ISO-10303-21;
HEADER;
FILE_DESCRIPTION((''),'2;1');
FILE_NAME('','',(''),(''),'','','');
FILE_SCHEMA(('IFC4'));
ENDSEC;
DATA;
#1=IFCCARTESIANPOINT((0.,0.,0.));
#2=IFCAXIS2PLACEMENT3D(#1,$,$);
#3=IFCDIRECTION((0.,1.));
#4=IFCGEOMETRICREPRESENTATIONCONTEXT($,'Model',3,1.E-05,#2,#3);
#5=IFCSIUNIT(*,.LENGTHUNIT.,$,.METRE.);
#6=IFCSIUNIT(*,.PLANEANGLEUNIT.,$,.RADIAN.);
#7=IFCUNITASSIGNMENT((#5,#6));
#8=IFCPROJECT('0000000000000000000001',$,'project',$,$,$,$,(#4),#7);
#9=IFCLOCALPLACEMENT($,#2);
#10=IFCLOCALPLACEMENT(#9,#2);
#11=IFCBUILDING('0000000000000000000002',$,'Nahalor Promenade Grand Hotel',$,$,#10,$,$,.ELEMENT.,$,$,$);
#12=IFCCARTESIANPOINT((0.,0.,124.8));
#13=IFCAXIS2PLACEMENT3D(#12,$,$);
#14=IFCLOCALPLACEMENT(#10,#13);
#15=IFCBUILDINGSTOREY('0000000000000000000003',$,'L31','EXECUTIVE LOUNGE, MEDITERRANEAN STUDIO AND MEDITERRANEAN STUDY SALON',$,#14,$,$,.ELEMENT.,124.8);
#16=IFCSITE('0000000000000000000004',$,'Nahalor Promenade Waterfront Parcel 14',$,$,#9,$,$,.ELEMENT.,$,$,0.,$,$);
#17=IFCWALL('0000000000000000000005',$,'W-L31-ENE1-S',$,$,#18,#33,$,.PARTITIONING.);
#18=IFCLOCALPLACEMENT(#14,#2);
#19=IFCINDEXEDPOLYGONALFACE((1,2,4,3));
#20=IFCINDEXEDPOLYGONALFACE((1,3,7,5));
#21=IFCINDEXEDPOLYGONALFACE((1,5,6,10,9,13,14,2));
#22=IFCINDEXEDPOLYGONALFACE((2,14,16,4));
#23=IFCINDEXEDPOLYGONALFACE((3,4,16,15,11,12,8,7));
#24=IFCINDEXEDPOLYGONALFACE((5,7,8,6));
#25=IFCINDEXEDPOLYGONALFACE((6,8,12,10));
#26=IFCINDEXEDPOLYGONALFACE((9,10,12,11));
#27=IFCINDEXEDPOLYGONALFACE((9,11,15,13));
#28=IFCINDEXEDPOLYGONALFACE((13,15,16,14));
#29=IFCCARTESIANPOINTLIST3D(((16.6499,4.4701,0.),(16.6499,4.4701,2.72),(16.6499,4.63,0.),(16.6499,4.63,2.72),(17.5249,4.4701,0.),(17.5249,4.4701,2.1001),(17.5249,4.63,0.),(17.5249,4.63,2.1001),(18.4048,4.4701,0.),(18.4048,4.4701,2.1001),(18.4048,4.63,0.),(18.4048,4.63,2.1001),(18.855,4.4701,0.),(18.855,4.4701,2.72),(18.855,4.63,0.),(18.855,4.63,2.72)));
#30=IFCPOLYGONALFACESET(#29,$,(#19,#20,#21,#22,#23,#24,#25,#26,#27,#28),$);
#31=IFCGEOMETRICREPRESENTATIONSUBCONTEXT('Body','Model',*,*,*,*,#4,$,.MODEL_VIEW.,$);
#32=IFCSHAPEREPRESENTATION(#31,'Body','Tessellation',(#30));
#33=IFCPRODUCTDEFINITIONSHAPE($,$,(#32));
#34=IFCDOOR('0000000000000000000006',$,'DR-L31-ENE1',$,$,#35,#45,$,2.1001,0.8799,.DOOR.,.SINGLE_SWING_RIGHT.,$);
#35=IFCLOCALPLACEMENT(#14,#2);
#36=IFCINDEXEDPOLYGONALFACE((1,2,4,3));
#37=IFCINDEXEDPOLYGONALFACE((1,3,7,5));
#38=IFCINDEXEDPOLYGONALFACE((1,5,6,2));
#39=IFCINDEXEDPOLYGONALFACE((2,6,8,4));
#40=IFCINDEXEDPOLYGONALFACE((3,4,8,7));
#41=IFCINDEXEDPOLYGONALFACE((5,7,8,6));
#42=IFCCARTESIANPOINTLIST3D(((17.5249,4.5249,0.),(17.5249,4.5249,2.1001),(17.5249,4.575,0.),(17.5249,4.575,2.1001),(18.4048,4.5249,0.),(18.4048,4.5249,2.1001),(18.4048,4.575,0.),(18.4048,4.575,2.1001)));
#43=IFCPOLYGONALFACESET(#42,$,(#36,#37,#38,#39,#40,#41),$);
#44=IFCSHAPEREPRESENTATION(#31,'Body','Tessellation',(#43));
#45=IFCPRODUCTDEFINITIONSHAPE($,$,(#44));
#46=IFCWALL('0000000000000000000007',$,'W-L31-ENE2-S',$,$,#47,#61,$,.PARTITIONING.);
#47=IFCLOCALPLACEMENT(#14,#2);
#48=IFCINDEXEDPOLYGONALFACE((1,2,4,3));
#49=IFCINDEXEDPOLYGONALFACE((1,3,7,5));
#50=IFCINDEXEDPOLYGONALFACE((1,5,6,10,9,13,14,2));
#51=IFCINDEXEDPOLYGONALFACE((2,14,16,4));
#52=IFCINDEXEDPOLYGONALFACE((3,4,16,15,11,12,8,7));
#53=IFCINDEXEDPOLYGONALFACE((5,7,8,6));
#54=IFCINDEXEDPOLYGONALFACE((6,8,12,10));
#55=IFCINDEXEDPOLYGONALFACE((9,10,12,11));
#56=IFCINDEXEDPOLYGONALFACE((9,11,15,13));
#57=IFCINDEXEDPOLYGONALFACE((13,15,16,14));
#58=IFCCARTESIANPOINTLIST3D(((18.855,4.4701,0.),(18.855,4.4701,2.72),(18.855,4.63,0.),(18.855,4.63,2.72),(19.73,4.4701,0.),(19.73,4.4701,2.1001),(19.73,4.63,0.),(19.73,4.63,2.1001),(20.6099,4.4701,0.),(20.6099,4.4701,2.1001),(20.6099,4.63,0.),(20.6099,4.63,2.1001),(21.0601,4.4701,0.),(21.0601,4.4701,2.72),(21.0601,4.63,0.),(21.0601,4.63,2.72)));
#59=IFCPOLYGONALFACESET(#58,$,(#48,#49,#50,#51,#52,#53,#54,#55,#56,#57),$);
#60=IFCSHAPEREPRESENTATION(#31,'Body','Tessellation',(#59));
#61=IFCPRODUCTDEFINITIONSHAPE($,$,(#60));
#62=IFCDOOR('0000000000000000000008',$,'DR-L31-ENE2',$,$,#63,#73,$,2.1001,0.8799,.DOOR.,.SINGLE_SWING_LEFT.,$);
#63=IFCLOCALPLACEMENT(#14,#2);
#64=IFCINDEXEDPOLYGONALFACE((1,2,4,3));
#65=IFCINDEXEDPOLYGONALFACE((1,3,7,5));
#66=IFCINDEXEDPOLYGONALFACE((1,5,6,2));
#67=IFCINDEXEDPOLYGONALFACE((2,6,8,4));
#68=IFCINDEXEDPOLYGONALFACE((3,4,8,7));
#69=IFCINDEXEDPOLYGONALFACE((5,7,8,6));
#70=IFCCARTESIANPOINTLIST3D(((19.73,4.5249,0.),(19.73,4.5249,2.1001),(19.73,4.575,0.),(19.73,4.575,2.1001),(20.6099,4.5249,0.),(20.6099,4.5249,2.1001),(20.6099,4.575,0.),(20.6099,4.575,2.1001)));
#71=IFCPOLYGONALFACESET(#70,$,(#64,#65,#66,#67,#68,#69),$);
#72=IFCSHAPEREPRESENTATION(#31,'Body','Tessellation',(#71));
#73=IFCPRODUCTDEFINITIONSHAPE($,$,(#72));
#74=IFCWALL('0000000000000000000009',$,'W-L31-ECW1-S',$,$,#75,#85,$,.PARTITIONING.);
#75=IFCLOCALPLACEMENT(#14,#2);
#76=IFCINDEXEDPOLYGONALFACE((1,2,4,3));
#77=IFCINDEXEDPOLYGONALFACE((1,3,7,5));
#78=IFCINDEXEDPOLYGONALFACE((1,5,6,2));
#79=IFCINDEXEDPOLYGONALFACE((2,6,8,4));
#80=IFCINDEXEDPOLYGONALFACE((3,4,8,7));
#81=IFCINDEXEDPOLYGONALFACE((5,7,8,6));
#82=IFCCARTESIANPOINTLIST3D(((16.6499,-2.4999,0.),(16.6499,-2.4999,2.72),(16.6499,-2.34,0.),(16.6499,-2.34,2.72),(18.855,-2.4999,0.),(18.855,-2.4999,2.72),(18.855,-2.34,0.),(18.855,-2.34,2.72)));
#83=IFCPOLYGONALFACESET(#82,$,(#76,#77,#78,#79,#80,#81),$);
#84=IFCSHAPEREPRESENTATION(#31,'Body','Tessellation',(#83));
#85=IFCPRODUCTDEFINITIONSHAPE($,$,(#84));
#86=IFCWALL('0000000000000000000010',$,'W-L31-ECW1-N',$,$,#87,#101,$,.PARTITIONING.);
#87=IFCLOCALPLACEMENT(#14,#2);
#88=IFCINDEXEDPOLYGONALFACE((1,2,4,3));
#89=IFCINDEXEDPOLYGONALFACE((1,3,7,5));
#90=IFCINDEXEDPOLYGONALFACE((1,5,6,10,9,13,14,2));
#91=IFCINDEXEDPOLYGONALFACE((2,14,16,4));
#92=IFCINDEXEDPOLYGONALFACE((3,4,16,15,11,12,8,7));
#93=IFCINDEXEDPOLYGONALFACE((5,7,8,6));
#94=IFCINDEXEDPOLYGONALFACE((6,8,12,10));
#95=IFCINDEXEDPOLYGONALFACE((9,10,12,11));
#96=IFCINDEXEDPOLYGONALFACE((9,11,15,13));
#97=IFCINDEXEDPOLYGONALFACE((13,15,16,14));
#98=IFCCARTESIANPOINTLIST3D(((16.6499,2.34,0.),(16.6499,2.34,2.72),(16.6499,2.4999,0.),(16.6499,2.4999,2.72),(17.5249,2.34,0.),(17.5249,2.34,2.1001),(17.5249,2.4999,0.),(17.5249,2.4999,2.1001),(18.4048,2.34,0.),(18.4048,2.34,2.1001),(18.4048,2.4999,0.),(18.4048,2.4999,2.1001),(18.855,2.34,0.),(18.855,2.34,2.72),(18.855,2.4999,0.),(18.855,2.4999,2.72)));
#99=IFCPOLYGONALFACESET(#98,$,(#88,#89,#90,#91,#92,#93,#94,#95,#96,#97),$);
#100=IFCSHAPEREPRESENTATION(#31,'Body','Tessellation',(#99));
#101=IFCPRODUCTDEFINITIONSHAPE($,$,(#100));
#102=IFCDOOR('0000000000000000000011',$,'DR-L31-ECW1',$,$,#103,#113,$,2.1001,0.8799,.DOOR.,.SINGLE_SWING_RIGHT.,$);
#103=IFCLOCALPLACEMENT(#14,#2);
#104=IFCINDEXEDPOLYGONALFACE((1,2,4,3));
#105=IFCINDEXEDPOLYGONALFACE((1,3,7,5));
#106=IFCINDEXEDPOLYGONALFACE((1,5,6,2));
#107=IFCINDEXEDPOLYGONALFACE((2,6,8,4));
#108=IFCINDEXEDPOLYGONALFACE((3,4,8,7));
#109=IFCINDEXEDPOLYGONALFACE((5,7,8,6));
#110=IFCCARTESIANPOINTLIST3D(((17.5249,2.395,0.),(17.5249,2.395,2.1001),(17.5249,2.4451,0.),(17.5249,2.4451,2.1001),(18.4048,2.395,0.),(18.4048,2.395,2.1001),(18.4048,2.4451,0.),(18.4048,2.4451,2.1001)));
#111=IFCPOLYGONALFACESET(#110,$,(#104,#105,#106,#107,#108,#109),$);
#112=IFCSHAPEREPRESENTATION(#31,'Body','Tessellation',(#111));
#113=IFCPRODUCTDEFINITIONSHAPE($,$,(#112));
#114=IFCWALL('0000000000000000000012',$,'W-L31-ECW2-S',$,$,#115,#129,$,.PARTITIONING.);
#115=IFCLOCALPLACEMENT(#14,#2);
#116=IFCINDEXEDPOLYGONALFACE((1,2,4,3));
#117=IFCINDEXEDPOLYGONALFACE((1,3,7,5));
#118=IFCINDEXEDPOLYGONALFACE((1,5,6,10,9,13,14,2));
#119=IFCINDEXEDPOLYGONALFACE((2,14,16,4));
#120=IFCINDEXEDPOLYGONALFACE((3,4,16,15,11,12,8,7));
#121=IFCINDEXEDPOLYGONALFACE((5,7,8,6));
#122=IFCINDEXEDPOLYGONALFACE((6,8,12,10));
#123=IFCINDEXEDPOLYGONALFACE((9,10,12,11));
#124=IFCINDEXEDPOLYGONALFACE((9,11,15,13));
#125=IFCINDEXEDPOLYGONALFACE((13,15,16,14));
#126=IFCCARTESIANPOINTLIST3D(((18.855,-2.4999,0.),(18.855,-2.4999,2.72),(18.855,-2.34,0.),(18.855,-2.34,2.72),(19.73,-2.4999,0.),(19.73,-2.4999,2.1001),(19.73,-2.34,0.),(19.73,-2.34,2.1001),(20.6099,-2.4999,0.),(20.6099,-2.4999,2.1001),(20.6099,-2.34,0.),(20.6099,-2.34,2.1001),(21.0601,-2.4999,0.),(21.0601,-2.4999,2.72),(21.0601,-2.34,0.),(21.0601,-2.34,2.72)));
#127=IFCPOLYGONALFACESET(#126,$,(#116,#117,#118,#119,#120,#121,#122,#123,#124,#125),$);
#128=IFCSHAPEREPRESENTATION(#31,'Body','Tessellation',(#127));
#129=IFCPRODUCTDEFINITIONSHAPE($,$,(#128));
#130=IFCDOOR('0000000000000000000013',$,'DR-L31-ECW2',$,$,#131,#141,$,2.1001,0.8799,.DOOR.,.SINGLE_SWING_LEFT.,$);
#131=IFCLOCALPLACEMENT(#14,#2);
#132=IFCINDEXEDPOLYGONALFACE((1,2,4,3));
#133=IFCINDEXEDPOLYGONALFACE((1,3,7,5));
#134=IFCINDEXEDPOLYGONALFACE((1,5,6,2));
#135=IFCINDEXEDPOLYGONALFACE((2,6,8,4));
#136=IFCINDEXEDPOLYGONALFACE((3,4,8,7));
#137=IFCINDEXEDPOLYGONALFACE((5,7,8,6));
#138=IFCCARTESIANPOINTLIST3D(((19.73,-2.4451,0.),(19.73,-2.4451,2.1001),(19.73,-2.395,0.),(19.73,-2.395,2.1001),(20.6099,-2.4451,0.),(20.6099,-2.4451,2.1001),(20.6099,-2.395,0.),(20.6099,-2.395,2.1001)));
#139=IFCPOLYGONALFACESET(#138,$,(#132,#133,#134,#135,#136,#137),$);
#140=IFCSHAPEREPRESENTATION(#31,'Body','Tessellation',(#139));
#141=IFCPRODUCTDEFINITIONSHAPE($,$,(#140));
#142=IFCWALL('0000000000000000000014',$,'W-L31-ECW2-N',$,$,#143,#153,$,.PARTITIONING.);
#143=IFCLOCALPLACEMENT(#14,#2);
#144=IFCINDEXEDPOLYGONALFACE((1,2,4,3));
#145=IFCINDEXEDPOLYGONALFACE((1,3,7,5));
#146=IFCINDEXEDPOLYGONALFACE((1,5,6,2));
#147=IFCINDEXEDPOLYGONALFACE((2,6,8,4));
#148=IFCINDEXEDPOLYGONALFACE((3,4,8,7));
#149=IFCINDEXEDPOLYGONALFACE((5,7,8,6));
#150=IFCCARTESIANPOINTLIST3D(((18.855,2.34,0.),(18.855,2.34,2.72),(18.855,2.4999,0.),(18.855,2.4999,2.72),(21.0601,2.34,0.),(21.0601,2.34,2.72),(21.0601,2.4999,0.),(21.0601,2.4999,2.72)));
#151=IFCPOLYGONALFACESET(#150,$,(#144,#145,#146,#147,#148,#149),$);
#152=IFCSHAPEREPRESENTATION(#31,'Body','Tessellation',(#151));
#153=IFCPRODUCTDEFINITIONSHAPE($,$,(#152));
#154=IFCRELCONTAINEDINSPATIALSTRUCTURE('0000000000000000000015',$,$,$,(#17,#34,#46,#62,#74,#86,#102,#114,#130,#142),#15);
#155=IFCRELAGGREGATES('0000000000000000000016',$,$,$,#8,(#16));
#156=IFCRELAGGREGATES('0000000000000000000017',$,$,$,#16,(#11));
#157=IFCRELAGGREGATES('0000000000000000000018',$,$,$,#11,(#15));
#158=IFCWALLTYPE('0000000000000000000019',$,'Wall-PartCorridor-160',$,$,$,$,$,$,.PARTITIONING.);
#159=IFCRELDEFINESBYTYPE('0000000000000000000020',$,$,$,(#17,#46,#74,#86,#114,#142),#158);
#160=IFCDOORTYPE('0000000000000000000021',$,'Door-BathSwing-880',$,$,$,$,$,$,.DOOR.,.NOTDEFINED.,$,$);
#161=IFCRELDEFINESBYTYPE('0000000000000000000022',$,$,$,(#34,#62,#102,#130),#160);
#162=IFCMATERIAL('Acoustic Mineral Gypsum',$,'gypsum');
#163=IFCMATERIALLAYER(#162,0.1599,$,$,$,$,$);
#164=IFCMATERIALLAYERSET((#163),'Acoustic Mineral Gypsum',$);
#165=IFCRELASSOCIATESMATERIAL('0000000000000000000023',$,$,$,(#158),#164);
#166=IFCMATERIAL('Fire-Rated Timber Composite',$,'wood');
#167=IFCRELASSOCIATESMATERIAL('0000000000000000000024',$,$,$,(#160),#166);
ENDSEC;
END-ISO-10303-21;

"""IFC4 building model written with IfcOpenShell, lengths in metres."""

from ifc_helpers import new_model, si_unit, direction, frame, frame_2d, origin, place, context, subcontext, project, spatial, rectangle, extrude, source, transform, mapped, material, layer, layer_set, type_object, element, fill, save


model = new_model("IFC4")

# Units and contexts
model_context = context("Model", 3, precision=1e-05, world=origin(), true_north=direction((0.0, 1.0)))
body_context = subcontext(model_context, "Body", "Model", "MODEL_VIEW")
ifc_project = project(units=[si_unit("LENGTHUNIT", "METRE"), si_unit("PLANEANGLEUNIT", "RADIAN")], contexts=[model_context])

# Site, building, storey
site_placement = place(None, origin())
site = spatial("IfcSite", under=ifc_project, at=site_placement, Name="Nahalor Promenade Waterfront Parcel 14", CompositionType="ELEMENT", RefElevation=0.0)
building_placement = place(site_placement, origin())
building = spatial("IfcBuilding", under=site, at=building_placement, Name="Nahalor Promenade Grand Hotel", CompositionType="ELEMENT")
storey_placement = place(building_placement, frame((0.0, 0.0, 124.8)))
storey = spatial("IfcBuildingStorey", under=building, at=storey_placement, Name="L31", Description="EXECUTIVE LOUNGE, MEDITERRANEAN STUDIO AND MEDITERRANEAN STUDY SALON", CompositionType="ELEMENT", Elevation=124.8)

# Shared definitions
ifc_material_1 = material(Name="Acoustic Mineral Gypsum", Category="gypsum")
ifc_layer_1 = layer(ifc_material_1, 0.1599)
ifc_layer_set_1 = layer_set([ifc_layer_1], Name="Acoustic Mineral Gypsum")
wall_type_1 = type_object("IfcWallType", Name="Wall-PartCorridor-160", PredefinedType="PARTITIONING", material=ifc_layer_set_1)
ifc_material_2 = material(Name="Fire-Rated Timber Composite", Category="wood")

# Walls, openings, doors
shared_shape_1 = source(origin(), body_context, "Body", "SweptSolid", [
    extrude(rectangle(XDim=2.2051, YDim=0.1599, at=frame_2d((1.1025, 0.0))), origin(), (0.0, 0.0, 1.0), 2.72),
])
wall_1_placement = place(storey_placement, frame((16.6499, 4.55, 0.0), z_axis=(0.0, 0.0, 1.0), x_axis=(1.0, 0.0, 0.0)))
wall_1 = element("IfcWall", 1, at=wall_1_placement, inside=storey, type_object=wall_type_1, Name="W-L31-ENE1-S", PredefinedType="PARTITIONING", context=body_context, shape_type="MappedRepresentation", body=[
    mapped(shared_shape_1, transform((0.0, 0.0, 0.0), scale=1.0)),
])
opening_1_placement = place(wall_1_placement, frame((0.875, 0.0, 0.0)))
opening_1 = element("IfcOpeningElement", 2, at=opening_1_placement, cuts=wall_1, PredefinedType="OPENING", context=body_context, shape_type="SweptSolid", body=[
    extrude(rectangle(XDim=0.8799, YDim=2.1001, at=frame_2d((0.4399, 1.05))), frame((0.0, 0.0898, 0.0), z_axis=(0.0, -1.0, 0.0), x_axis=(1.0, 0.0, 0.0)), (0.0, 0.0, 1.0), 0.1799),
])
door_type_1 = type_object("IfcDoorType", Name="Door-BathSwing-880", OperationType="NOTDEFINED", PredefinedType="DOOR", material=ifc_material_2)
shared_shape_2 = source(origin(), body_context, "Body", "SweptSolid", [
    extrude(rectangle(XDim=0.8799, YDim=2.1001, at=frame_2d((0.4399, 1.05))), frame((0.0, 0.0249, 0.0), z_axis=(0.0, -1.0, 0.0), x_axis=(1.0, 0.0, 0.0)), (0.0, 0.0, 1.0), 0.05),
])
door_1_placement = place(opening_1_placement, origin())
door_1 = element("IfcDoor", 3, at=door_1_placement, inside=storey, type_object=door_type_1, Name="DR-L31-ENE1", OperationType="SINGLE_SWING_RIGHT", OverallHeight=2.1001, OverallWidth=0.8799, PredefinedType="DOOR", context=body_context, shape_type="MappedRepresentation", body=[
    mapped(shared_shape_2, transform((0.0, 0.0, 0.0), scale=1.0)),
])
fill(opening_1, door_1)
wall_2_placement = place(storey_placement, frame((18.855, 4.55, 0.0), z_axis=(0.0, 0.0, 1.0), x_axis=(1.0, 0.0, 0.0)))
wall_2 = element("IfcWall", 4, at=wall_2_placement, inside=storey, type_object=wall_type_1, Name="W-L31-ENE2-S", PredefinedType="PARTITIONING", context=body_context, shape_type="MappedRepresentation", body=[
    mapped(shared_shape_1, transform((0.0, 0.0, 0.0), scale=1.0)),
])
opening_2_placement = place(wall_2_placement, frame((0.875, 0.0, 0.0)))
opening_2 = element("IfcOpeningElement", 5, at=opening_2_placement, cuts=wall_2, PredefinedType="OPENING", context=body_context, shape_type="SweptSolid", body=[
    extrude(rectangle(XDim=0.8799, YDim=2.1001, at=frame_2d((0.4399, 1.05))), frame((0.0, 0.0898, 0.0), z_axis=(0.0, -1.0, 0.0), x_axis=(1.0, 0.0, 0.0)), (0.0, 0.0, 1.0), 0.1799),
])
door_2_placement = place(opening_2_placement, origin())
door_2 = element("IfcDoor", 6, at=door_2_placement, inside=storey, type_object=door_type_1, Name="DR-L31-ENE2", OperationType="SINGLE_SWING_LEFT", OverallHeight=2.1001, OverallWidth=0.8799, PredefinedType="DOOR", context=body_context, shape_type="MappedRepresentation", body=[
    mapped(shared_shape_2, transform((0.0, 0.0, 0.0), scale=1.0)),
])
fill(opening_2, door_2)

# Wall
wall_3_placement = place(storey_placement, frame((16.6499, -2.4199, 0.0), z_axis=(0.0, 0.0, 1.0), x_axis=(1.0, 0.0, 0.0)))
element("IfcWall", 7, at=wall_3_placement, inside=storey, type_object=wall_type_1, Name="W-L31-ECW1-S", PredefinedType="PARTITIONING", context=body_context, shape_type="MappedRepresentation", body=[
    mapped(shared_shape_1, transform((0.0, 0.0, 0.0), scale=1.0)),
])

# Walls, openings, doors
wall_4_placement = place(storey_placement, frame((16.6499, 2.4199, 0.0), z_axis=(0.0, 0.0, 1.0), x_axis=(1.0, 0.0, 0.0)))
wall_4 = element("IfcWall", 8, at=wall_4_placement, inside=storey, type_object=wall_type_1, Name="W-L31-ECW1-N", PredefinedType="PARTITIONING", context=body_context, shape_type="MappedRepresentation", body=[
    mapped(shared_shape_1, transform((0.0, 0.0, 0.0), scale=1.0)),
])
opening_3_placement = place(wall_4_placement, frame((0.875, 0.0, 0.0)))
opening_3 = element("IfcOpeningElement", 9, at=opening_3_placement, cuts=wall_4, PredefinedType="OPENING", context=body_context, shape_type="SweptSolid", body=[
    extrude(rectangle(XDim=0.8799, YDim=2.1001, at=frame_2d((0.4399, 1.05))), frame((0.0, 0.0898, 0.0), z_axis=(0.0, -1.0, 0.0), x_axis=(1.0, 0.0, 0.0)), (0.0, 0.0, 1.0), 0.1799),
])
door_3_placement = place(opening_3_placement, frame((0.8799, 0.0, 0.0), z_axis=(0.0, 0.0, 1.0), x_axis=(-1.0, 0.0, 0.0)))
door_3 = element("IfcDoor", 10, at=door_3_placement, inside=storey, type_object=door_type_1, Name="DR-L31-ECW1", OperationType="SINGLE_SWING_RIGHT", OverallHeight=2.1001, OverallWidth=0.8799, PredefinedType="DOOR", context=body_context, shape_type="MappedRepresentation", body=[
    mapped(shared_shape_2, transform((0.0, 0.0, 0.0), scale=1.0)),
])
fill(opening_3, door_3)
wall_5_placement = place(storey_placement, frame((18.855, -2.4199, 0.0), z_axis=(0.0, 0.0, 1.0), x_axis=(1.0, 0.0, 0.0)))
wall_5 = element("IfcWall", 11, at=wall_5_placement, inside=storey, type_object=wall_type_1, Name="W-L31-ECW2-S", PredefinedType="PARTITIONING", context=body_context, shape_type="MappedRepresentation", body=[
    mapped(shared_shape_1, transform((0.0, 0.0, 0.0), scale=1.0)),
])
opening_4_placement = place(wall_5_placement, frame((0.875, 0.0, 0.0)))
opening_4 = element("IfcOpeningElement", 12, at=opening_4_placement, cuts=wall_5, PredefinedType="OPENING", context=body_context, shape_type="SweptSolid", body=[
    extrude(rectangle(XDim=0.8799, YDim=2.1001, at=frame_2d((0.4399, 1.05))), frame((0.0, 0.0898, 0.0), z_axis=(0.0, -1.0, 0.0), x_axis=(1.0, 0.0, 0.0)), (0.0, 0.0, 1.0), 0.1799),
])
door_4_placement = place(opening_4_placement, origin())
door_4 = element("IfcDoor", 13, at=door_4_placement, inside=storey, type_object=door_type_1, Name="DR-L31-ECW2", OperationType="SINGLE_SWING_LEFT", OverallHeight=2.1001, OverallWidth=0.8799, PredefinedType="DOOR", context=body_context, shape_type="MappedRepresentation", body=[
    mapped(shared_shape_2, transform((0.0, 0.0, 0.0), scale=1.0)),
])
fill(opening_4, door_4)

# Wall
wall_6_placement = place(storey_placement, frame((18.855, 2.4199, 0.0), z_axis=(0.0, 0.0, 1.0), x_axis=(1.0, 0.0, 0.0)))
element("IfcWall", 14, at=wall_6_placement, inside=storey, type_object=wall_type_1, Name="W-L31-ECW2-N", PredefinedType="PARTITIONING", context=body_context, shape_type="MappedRepresentation", body=[
    mapped(shared_shape_1, transform((0.0, 0.0, 0.0), scale=1.0)),
])

save(model, "model.ifc")
